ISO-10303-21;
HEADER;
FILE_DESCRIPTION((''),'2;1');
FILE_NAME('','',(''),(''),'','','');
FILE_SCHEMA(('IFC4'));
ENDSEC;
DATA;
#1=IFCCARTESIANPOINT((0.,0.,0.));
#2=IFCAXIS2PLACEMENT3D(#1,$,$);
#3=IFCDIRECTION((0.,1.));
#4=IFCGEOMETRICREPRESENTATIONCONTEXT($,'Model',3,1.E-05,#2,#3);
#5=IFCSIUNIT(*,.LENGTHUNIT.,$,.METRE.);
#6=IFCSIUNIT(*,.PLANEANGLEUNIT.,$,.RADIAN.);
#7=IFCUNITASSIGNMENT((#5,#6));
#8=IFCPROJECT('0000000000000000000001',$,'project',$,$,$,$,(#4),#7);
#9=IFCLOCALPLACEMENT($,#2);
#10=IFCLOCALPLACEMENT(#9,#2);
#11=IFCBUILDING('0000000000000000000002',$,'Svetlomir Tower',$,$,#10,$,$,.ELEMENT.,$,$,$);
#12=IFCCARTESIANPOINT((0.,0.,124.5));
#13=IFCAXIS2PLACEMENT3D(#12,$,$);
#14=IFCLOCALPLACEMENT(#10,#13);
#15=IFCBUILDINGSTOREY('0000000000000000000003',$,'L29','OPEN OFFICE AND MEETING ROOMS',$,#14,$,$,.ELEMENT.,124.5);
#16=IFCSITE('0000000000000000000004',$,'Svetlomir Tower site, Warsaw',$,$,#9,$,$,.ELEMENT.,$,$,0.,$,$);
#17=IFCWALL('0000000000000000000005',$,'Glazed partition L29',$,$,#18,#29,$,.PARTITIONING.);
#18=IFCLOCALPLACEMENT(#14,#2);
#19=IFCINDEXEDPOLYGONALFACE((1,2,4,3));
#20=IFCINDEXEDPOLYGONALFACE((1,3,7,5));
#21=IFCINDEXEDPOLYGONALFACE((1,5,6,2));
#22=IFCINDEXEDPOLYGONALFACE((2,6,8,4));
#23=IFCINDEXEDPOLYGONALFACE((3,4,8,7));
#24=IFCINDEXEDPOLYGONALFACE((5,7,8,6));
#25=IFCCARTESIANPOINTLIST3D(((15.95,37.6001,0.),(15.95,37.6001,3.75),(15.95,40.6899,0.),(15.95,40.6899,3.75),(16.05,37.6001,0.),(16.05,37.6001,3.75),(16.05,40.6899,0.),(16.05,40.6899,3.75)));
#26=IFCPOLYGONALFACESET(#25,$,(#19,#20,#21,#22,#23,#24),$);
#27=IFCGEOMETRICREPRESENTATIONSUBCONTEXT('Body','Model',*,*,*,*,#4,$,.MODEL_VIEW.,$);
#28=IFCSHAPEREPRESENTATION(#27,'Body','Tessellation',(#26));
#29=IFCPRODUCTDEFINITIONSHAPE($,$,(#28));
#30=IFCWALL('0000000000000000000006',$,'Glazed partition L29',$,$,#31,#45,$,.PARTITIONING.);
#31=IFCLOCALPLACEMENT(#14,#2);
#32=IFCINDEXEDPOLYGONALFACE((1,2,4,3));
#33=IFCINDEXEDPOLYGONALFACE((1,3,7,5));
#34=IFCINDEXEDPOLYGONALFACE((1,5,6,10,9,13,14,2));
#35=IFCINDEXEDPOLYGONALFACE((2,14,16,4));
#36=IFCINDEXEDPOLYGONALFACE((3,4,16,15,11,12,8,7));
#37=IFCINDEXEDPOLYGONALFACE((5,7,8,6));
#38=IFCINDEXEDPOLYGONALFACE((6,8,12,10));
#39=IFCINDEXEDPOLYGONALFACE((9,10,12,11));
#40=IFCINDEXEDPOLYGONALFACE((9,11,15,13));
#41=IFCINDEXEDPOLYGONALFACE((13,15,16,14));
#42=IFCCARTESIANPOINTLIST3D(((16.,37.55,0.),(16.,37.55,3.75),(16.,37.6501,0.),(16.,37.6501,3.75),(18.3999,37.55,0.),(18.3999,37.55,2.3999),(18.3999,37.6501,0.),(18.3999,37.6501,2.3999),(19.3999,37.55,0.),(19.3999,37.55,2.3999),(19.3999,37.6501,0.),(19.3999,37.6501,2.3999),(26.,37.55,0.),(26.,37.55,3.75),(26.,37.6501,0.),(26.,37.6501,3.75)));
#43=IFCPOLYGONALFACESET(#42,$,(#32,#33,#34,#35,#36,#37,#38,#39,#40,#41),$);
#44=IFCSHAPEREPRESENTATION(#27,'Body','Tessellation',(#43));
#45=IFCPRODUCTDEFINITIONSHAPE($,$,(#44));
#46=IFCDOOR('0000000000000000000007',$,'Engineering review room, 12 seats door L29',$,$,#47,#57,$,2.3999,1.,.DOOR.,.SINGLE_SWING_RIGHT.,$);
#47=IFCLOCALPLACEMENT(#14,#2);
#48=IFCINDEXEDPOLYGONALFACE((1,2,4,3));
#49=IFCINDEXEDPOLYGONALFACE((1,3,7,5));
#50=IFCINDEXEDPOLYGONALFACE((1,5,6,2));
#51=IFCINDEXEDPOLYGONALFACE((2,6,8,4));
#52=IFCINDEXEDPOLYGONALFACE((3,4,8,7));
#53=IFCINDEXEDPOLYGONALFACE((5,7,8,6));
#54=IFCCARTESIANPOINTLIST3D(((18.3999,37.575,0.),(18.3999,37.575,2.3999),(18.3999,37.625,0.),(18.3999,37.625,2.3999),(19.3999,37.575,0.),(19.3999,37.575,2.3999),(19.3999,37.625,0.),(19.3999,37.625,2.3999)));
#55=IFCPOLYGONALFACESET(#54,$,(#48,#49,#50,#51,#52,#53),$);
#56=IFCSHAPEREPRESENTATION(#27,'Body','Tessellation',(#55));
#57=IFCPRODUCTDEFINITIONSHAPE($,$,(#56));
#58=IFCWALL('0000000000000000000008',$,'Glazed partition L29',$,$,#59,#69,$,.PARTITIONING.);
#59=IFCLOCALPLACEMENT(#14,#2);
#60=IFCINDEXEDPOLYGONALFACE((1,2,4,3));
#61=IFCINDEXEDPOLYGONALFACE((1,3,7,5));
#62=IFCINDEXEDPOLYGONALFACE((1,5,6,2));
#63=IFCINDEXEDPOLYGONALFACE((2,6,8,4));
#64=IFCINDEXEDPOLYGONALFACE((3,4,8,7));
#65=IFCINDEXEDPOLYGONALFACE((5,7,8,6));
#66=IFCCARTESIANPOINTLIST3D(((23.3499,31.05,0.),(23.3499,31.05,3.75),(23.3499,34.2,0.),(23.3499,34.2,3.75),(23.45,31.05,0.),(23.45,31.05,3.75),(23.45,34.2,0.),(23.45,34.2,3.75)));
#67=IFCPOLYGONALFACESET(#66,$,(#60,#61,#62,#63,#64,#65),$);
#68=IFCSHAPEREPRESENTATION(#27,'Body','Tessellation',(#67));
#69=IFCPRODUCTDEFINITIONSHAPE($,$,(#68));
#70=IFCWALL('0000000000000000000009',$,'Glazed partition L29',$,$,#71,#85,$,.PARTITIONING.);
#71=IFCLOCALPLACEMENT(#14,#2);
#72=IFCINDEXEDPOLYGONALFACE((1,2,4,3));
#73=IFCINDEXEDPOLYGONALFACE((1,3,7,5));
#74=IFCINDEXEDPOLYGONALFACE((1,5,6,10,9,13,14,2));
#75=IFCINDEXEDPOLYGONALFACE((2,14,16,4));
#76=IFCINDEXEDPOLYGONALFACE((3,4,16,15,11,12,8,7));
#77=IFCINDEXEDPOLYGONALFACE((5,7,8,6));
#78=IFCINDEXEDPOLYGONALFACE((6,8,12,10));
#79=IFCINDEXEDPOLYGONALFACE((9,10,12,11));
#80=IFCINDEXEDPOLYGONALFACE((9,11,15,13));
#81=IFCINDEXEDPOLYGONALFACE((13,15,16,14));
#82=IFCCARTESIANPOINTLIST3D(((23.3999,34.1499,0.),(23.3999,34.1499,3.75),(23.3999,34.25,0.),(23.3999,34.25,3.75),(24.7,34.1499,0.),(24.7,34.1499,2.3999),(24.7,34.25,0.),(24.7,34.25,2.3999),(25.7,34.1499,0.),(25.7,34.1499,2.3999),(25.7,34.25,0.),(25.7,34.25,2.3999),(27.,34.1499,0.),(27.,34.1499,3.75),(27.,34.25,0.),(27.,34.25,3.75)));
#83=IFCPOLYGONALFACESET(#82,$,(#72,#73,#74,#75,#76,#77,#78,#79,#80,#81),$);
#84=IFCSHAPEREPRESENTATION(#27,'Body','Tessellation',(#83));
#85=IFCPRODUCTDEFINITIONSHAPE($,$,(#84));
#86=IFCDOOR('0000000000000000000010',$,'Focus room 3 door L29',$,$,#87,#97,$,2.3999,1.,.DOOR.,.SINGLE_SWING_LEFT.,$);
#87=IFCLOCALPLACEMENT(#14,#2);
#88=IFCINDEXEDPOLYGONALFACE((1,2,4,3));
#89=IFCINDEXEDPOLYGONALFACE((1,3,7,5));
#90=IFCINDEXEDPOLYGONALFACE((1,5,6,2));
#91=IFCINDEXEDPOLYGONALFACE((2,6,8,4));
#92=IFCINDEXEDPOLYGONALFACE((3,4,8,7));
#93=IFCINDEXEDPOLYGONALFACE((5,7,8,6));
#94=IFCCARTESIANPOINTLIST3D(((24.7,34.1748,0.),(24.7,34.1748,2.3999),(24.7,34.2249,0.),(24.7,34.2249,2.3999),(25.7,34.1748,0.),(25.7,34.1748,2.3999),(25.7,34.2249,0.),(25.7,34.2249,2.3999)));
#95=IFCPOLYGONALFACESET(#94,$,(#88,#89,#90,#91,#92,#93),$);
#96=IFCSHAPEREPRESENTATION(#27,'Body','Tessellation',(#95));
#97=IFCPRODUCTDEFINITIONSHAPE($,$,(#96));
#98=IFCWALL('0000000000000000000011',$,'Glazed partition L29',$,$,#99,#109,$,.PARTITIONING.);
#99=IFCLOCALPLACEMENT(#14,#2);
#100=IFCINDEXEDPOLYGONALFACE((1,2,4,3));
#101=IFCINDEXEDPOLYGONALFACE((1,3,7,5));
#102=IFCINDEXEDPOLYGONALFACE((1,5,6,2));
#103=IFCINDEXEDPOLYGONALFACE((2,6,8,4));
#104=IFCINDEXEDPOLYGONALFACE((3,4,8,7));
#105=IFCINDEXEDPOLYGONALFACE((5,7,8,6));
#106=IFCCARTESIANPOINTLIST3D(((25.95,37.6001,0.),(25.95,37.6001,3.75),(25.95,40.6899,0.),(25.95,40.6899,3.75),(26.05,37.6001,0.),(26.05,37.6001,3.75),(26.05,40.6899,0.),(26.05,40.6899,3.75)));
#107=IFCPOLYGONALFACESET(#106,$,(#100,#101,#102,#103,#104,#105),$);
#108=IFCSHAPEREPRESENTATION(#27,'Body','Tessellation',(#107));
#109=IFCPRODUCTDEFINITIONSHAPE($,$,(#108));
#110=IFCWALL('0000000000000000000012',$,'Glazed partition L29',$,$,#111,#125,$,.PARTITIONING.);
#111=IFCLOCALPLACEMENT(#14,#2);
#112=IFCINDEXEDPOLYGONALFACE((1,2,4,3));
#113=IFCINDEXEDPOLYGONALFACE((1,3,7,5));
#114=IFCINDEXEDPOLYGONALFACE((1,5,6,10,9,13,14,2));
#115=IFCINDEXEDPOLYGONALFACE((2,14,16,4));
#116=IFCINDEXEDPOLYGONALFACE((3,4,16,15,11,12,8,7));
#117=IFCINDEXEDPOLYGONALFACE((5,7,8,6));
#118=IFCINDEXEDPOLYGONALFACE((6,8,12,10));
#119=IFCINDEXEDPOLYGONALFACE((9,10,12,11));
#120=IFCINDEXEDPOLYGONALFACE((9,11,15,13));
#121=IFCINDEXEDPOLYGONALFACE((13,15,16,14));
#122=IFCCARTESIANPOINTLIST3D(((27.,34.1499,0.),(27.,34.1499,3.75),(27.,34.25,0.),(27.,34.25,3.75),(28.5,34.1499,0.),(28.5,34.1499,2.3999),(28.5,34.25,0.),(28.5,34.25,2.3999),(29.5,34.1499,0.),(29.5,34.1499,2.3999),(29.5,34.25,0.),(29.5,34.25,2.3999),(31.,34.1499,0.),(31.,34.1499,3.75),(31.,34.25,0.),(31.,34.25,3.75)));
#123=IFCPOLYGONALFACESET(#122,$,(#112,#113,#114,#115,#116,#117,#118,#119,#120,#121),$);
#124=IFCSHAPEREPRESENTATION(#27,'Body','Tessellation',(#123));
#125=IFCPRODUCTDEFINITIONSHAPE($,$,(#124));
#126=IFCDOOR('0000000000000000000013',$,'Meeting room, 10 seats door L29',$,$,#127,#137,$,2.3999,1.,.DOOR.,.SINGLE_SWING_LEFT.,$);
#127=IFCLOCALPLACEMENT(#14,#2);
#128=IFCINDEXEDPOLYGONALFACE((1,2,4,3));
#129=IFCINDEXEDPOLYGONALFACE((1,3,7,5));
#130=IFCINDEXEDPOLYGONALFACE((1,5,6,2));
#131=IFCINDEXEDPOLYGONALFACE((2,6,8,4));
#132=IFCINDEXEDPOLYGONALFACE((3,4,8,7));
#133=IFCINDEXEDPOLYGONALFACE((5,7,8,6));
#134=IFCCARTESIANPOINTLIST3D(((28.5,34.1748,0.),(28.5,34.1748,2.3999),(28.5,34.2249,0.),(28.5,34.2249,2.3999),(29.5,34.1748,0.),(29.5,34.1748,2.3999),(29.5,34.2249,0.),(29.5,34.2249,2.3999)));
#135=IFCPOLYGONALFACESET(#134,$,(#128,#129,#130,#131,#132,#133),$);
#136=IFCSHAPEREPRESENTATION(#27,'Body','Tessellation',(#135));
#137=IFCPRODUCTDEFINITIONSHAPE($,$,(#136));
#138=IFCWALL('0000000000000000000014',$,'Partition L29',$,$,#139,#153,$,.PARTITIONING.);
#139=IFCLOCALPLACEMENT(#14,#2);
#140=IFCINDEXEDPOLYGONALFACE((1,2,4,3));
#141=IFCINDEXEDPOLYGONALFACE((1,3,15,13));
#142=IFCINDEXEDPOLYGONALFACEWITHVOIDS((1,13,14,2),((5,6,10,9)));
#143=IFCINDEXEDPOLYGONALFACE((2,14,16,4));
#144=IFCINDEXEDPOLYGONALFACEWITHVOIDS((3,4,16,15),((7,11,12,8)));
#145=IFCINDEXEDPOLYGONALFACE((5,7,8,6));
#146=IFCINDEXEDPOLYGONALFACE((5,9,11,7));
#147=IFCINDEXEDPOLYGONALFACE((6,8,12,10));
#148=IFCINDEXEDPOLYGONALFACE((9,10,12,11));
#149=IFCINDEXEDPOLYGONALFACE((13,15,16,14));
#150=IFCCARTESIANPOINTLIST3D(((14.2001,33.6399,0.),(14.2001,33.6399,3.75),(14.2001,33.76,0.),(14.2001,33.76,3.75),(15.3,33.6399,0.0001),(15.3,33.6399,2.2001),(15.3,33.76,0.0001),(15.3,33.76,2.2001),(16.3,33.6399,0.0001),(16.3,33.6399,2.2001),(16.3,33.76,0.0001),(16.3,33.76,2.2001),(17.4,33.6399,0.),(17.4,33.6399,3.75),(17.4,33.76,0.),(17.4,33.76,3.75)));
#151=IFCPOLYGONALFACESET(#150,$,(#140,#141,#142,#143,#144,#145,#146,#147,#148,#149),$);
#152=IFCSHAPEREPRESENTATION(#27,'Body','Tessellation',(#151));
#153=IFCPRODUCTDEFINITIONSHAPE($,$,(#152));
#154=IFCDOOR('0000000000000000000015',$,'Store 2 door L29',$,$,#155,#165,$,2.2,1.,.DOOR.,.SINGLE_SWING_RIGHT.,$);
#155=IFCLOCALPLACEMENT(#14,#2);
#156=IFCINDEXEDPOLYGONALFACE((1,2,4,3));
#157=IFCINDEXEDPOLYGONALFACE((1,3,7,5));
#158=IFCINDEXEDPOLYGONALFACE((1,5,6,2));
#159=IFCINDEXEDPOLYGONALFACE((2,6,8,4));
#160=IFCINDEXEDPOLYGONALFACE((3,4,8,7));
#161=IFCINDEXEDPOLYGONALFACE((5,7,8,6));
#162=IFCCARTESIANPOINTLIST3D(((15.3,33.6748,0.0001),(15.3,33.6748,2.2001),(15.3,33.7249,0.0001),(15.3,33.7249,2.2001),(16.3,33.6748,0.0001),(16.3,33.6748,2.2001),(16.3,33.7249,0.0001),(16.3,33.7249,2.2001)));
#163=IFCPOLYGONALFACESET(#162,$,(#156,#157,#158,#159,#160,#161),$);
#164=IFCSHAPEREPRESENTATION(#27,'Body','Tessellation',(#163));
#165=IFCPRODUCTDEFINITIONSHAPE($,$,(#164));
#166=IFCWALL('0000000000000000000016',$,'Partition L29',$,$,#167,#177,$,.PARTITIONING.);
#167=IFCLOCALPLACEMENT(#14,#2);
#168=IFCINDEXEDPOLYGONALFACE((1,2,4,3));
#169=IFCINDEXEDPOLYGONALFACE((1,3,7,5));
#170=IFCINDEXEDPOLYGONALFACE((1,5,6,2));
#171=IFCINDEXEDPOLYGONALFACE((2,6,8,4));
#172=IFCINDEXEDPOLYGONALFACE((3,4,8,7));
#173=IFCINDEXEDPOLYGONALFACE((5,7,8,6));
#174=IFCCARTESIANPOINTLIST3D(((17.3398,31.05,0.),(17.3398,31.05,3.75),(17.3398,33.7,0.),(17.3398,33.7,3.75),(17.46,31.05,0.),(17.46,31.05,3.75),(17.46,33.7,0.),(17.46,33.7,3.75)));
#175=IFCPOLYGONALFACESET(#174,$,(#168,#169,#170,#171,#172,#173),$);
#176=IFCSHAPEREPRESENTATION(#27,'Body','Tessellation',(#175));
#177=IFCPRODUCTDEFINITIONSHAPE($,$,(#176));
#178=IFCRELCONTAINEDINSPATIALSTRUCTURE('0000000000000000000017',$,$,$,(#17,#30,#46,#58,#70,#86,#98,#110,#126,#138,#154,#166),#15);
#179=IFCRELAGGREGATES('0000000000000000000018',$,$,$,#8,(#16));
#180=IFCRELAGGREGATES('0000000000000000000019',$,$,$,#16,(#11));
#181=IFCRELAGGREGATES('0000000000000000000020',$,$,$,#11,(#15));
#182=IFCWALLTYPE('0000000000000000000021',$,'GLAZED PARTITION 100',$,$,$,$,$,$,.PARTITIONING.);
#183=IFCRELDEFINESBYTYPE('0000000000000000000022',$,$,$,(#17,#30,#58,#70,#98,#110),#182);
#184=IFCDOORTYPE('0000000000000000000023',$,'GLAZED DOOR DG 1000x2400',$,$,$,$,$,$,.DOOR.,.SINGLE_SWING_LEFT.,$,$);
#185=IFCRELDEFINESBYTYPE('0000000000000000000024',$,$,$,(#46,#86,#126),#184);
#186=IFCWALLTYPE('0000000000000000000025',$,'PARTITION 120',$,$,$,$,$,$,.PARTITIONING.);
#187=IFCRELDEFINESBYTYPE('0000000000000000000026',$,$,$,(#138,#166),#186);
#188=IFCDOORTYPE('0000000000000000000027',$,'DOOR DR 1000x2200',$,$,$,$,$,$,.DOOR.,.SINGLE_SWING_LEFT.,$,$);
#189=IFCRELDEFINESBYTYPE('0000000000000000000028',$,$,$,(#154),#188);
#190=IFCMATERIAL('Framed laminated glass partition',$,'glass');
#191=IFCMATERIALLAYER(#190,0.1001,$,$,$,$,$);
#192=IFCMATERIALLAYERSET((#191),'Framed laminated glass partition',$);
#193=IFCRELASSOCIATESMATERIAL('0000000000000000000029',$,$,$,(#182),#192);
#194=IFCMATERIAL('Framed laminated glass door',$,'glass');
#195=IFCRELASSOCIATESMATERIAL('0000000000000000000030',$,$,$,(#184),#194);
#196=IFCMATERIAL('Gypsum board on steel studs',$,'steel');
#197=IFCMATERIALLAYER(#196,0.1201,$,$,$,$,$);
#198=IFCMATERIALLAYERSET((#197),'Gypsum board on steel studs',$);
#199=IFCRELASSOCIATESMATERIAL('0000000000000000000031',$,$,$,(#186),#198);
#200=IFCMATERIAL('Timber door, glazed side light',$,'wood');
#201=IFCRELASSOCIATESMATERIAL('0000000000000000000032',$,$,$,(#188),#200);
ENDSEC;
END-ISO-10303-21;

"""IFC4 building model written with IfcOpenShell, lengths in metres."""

from ifc_helpers import new_model, si_unit, direction, frame, frame_2d, origin, place, context, subcontext, project, spatial, rectangle, extrude, material, layer, layer_set, type_object, element, fill, save


model = new_model("IFC4")

# Units and contexts
model_context = context("Model", 3, precision=1e-05, world=origin(), true_north=direction((0.0, 1.0)))
body_context = subcontext(model_context, "Body", "Model", "MODEL_VIEW")
ifc_project = project(units=[si_unit("LENGTHUNIT", "METRE"), si_unit("PLANEANGLEUNIT", "RADIAN")], contexts=[model_context])

# Site, building, storey
site_placement = place(None, origin())
site = spatial("IfcSite", under=ifc_project, at=site_placement, Name="Svetlomir Tower site, Warsaw", CompositionType="ELEMENT", RefElevation=0.0)
building_placement = place(site_placement, origin())
building = spatial("IfcBuilding", under=site, at=building_placement, Name="Svetlomir Tower", CompositionType="ELEMENT")
storey_placement = place(building_placement, frame((0.0, 0.0, 124.5)))
storey = spatial("IfcBuildingStorey", under=building, at=storey_placement, Name="L29", Description="OPEN OFFICE AND MEETING ROOMS", CompositionType="ELEMENT", Elevation=124.5)

# Wall
ifc_material_1 = material(Name="Framed laminated glass partition", Category="glass")
ifc_layer_1 = layer(ifc_material_1, 0.1001)
ifc_layer_set_1 = layer_set([ifc_layer_1], Name="Framed laminated glass partition")
wall_type_1 = type_object("IfcWallType", Name="GLAZED PARTITION 100", PredefinedType="PARTITIONING", material=ifc_layer_set_1)
wall_1_placement = place(storey_placement, frame((16.0, 37.6001, 0.0), z_axis=(0.0, 0.0, 1.0), x_axis=(0.0, 1.0, 0.0)))
element("IfcWall", 1, at=wall_1_placement, inside=storey, type_object=wall_type_1, Name="Glazed partition L29", PredefinedType="PARTITIONING", context=body_context, shape_type="SweptSolid", body=[
    extrude(rectangle(XDim=3.0898, YDim=0.1001, at=frame_2d((1.5449, 0.0))), origin(), (0.0, 0.0, 1.0), 3.75),
])

# Wall, opening, door
wall_2_placement = place(storey_placement, frame((16.0, 37.6001, 0.0), z_axis=(0.0, 0.0, 1.0), x_axis=(1.0, 0.0, 0.0)))
wall_2 = element("IfcWall", 2, at=wall_2_placement, inside=storey, type_object=wall_type_1, Name="Glazed partition L29", PredefinedType="PARTITIONING", context=body_context, shape_type="SweptSolid", body=[
    extrude(rectangle(XDim=10.0, YDim=0.1001, at=frame_2d((5.0, 0.0))), origin(), (0.0, 0.0, 1.0), 3.75),
])
opening_1_placement = place(wall_2_placement, frame((2.3999, 0.0, 0.0)))
opening_1 = element("IfcOpeningElement", 3, at=opening_1_placement, cuts=wall_2, PredefinedType="OPENING", context=body_context, shape_type="SweptSolid", body=[
    extrude(rectangle(XDim=1.0, YDim=2.3999, at=frame_2d((0.5, 1.2))), frame((0.0, 0.0601, 0.0), z_axis=(0.0, -1.0, 0.0), x_axis=(1.0, 0.0, 0.0)), (0.0, 0.0, 1.0), 0.1201),
])
ifc_material_2 = material(Name="Framed laminated glass door", Category="glass")
door_type_1 = type_object("IfcDoorType", Name="GLAZED DOOR DG 1000x2400", OperationType="SINGLE_SWING_LEFT", PredefinedType="DOOR", material=ifc_material_2)
door_1_placement = place(opening_1_placement, origin())
door_1 = element("IfcDoor", 4, at=door_1_placement, inside=storey, type_object=door_type_1, Name="Engineering review room, 12 seats door L29", OperationType="SINGLE_SWING_RIGHT", OverallHeight=2.3999, OverallWidth=1.0, PredefinedType="DOOR", context=body_context, shape_type="SweptSolid", body=[
    extrude(rectangle(XDim=1.0, YDim=2.3999, at=frame_2d((0.5, 1.2))), frame((0.0, 0.0249, 0.0), z_axis=(0.0, -1.0, 0.0), x_axis=(1.0, 0.0, 0.0)), (0.0, 0.0, 1.0), 0.05),
])
fill(opening_1, door_1)

# Wall
wall_3_placement = place(storey_placement, frame((23.3999, 31.05, 0.0), z_axis=(0.0, 0.0, 1.0), x_axis=(0.0, 1.0, 0.0)))
element("IfcWall", 5, at=wall_3_placement, inside=storey, type_object=wall_type_1, Name="Glazed partition L29", PredefinedType="PARTITIONING", context=body_context, shape_type="SweptSolid", body=[
    extrude(rectangle(XDim=3.1499, YDim=0.1001, at=frame_2d((1.575, 0.0))), origin(), (0.0, 0.0, 1.0), 3.75),
])

# Wall, opening, door
wall_4_placement = place(storey_placement, frame((23.3999, 34.2, 0.0), z_axis=(0.0, 0.0, 1.0), x_axis=(1.0, 0.0, 0.0)))
wall_4 = element("IfcWall", 6, at=wall_4_placement, inside=storey, type_object=wall_type_1, Name="Glazed partition L29", PredefinedType="PARTITIONING", context=body_context, shape_type="SweptSolid", body=[
    extrude(rectangle(XDim=3.6001, YDim=0.1001, at=frame_2d((1.8, 0.0))), origin(), (0.0, 0.0, 1.0), 3.75),
])
opening_2_placement = place(wall_4_placement, frame((1.3, 0.0, 0.0)))
opening_2 = element("IfcOpeningElement", 7, at=opening_2_placement, cuts=wall_4, PredefinedType="OPENING", context=body_context, shape_type="SweptSolid", body=[
    extrude(rectangle(XDim=1.0, YDim=2.3999, at=frame_2d((0.5, 1.2))), frame((0.0, 0.0601, 0.0), z_axis=(0.0, -1.0, 0.0), x_axis=(1.0, 0.0, 0.0)), (0.0, 0.0, 1.0), 0.1201),
])
door_2_placement = place(opening_2_placement, origin())
door_2 = element("IfcDoor", 8, at=door_2_placement, inside=storey, type_object=door_type_1, Name="Focus room 3 door L29", OperationType="SINGLE_SWING_LEFT", OverallHeight=2.3999, OverallWidth=1.0, PredefinedType="DOOR", context=body_context, shape_type="SweptSolid", body=[
    extrude(rectangle(XDim=1.0, YDim=2.3999, at=frame_2d((0.5, 1.2))), frame((0.0, 0.0249, 0.0), z_axis=(0.0, -1.0, 0.0), x_axis=(1.0, 0.0, 0.0)), (0.0, 0.0, 1.0), 0.05),
])
fill(opening_2, door_2)

# Wall
wall_5_placement = place(storey_placement, frame((26.0, 37.6001, 0.0), z_axis=(0.0, 0.0, 1.0), x_axis=(0.0, 1.0, 0.0)))
element("IfcWall", 9, at=wall_5_placement, inside=storey, type_object=wall_type_1, Name="Glazed partition L29", PredefinedType="PARTITIONING", context=body_context, shape_type="SweptSolid", body=[
    extrude(rectangle(XDim=3.0898, YDim=0.1001, at=frame_2d((1.5449, 0.0))), origin(), (0.0, 0.0, 1.0), 3.75),
])

# Walls, openings, doors
wall_6_placement = place(storey_placement, frame((27.0, 34.2, 0.0), z_axis=(0.0, 0.0, 1.0), x_axis=(1.0, 0.0, 0.0)))
wall_6 = element("IfcWall", 10, at=wall_6_placement, inside=storey, type_object=wall_type_1, Name="Glazed partition L29", PredefinedType="PARTITIONING", context=body_context, shape_type="SweptSolid", body=[
    extrude(rectangle(XDim=4.0, YDim=0.1001, at=frame_2d((2.0, 0.0))), origin(), (0.0, 0.0, 1.0), 3.75),
])
opening_3_placement = place(wall_6_placement, frame((1.5, 0.0, 0.0)))
opening_3 = element("IfcOpeningElement", 11, at=opening_3_placement, cuts=wall_6, PredefinedType="OPENING", context=body_context, shape_type="SweptSolid", body=[
    extrude(rectangle(XDim=1.0, YDim=2.3999, at=frame_2d((0.5, 1.2))), frame((0.0, 0.0601, 0.0), z_axis=(0.0, -1.0, 0.0), x_axis=(1.0, 0.0, 0.0)), (0.0, 0.0, 1.0), 0.1201),
])
door_3_placement = place(opening_3_placement, origin())
door_3 = element("IfcDoor", 12, at=door_3_placement, inside=storey, type_object=door_type_1, Name="Meeting room, 10 seats door L29", OperationType="SINGLE_SWING_LEFT", OverallHeight=2.3999, OverallWidth=1.0, PredefinedType="DOOR", context=body_context, shape_type="SweptSolid", body=[
    extrude(rectangle(XDim=1.0, YDim=2.3999, at=frame_2d((0.5, 1.2))), frame((0.0, 0.0249, 0.0), z_axis=(0.0, -1.0, 0.0), x_axis=(1.0, 0.0, 0.0)), (0.0, 0.0, 1.0), 0.05),
])
fill(opening_3, door_3)
ifc_material_3 = material(Name="Gypsum board on steel studs", Category="steel")
ifc_layer_2 = layer(ifc_material_3, 0.1201)
ifc_layer_set_2 = layer_set([ifc_layer_2], Name="Gypsum board on steel studs")
wall_type_2 = type_object("IfcWallType", Name="PARTITION 120", PredefinedType="PARTITIONING", material=ifc_layer_set_2)
wall_7_placement = place(storey_placement, frame((14.2, 33.7, 0.0), z_axis=(0.0, 0.0, 1.0), x_axis=(1.0, 0.0, 0.0)))
wall_7 = element("IfcWall", 13, at=wall_7_placement, inside=storey, type_object=wall_type_2, Name="Partition L29", PredefinedType="PARTITIONING", context=body_context, shape_type="SweptSolid", body=[
    extrude(rectangle(XDim=3.2, YDim=0.1201, at=frame_2d((1.6001, 0.0))), origin(), (0.0, 0.0, 1.0), 3.75),
])
opening_4_placement = place(wall_7_placement, frame((1.1001, 0.0, 0.0)))
opening_4 = element("IfcOpeningElement", 14, at=opening_4_placement, cuts=wall_7, PredefinedType="OPENING", context=body_context, shape_type="SweptSolid", body=[
    extrude(rectangle(XDim=1.0, YDim=2.2, at=frame_2d((0.5, 1.1001))), frame((0.0, 0.0701, 0.0), z_axis=(0.0, -1.0, 0.0), x_axis=(1.0, 0.0, 0.0)), (0.0, 0.0, 1.0), 0.1401),
])
ifc_material_4 = material(Name="Timber door, glazed side light", Category="wood")
door_type_2 = type_object("IfcDoorType", Name="DOOR DR 1000x2200", OperationType="SINGLE_SWING_LEFT", PredefinedType="DOOR", material=ifc_material_4)
door_4_placement = place(opening_4_placement, origin())
door_4 = element("IfcDoor", 15, at=door_4_placement, inside=storey, type_object=door_type_2, Name="Store 2 door L29", OperationType="SINGLE_SWING_RIGHT", OverallHeight=2.2, OverallWidth=1.0, PredefinedType="DOOR", context=body_context, shape_type="SweptSolid", body=[
    extrude(rectangle(XDim=1.0, YDim=2.2, at=frame_2d((0.5, 1.1001))), frame((0.0, 0.0249, 0.0), z_axis=(0.0, -1.0, 0.0), x_axis=(1.0, 0.0, 0.0)), (0.0, 0.0, 1.0), 0.05),
])
fill(opening_4, door_4)

# Wall
wall_8_placement = place(storey_placement, frame((17.3999, 31.05, 0.0), z_axis=(0.0, 0.0, 1.0), x_axis=(0.0, 1.0, 0.0)))
element("IfcWall", 16, at=wall_8_placement, inside=storey, type_object=wall_type_2, Name="Partition L29", PredefinedType="PARTITIONING", context=body_context, shape_type="SweptSolid", body=[
    extrude(rectangle(XDim=2.6499, YDim=0.1201, at=frame_2d((1.325, 0.0))), origin(), (0.0, 0.0, 1.0), 3.75),
])

save(model, "model.ifc")
